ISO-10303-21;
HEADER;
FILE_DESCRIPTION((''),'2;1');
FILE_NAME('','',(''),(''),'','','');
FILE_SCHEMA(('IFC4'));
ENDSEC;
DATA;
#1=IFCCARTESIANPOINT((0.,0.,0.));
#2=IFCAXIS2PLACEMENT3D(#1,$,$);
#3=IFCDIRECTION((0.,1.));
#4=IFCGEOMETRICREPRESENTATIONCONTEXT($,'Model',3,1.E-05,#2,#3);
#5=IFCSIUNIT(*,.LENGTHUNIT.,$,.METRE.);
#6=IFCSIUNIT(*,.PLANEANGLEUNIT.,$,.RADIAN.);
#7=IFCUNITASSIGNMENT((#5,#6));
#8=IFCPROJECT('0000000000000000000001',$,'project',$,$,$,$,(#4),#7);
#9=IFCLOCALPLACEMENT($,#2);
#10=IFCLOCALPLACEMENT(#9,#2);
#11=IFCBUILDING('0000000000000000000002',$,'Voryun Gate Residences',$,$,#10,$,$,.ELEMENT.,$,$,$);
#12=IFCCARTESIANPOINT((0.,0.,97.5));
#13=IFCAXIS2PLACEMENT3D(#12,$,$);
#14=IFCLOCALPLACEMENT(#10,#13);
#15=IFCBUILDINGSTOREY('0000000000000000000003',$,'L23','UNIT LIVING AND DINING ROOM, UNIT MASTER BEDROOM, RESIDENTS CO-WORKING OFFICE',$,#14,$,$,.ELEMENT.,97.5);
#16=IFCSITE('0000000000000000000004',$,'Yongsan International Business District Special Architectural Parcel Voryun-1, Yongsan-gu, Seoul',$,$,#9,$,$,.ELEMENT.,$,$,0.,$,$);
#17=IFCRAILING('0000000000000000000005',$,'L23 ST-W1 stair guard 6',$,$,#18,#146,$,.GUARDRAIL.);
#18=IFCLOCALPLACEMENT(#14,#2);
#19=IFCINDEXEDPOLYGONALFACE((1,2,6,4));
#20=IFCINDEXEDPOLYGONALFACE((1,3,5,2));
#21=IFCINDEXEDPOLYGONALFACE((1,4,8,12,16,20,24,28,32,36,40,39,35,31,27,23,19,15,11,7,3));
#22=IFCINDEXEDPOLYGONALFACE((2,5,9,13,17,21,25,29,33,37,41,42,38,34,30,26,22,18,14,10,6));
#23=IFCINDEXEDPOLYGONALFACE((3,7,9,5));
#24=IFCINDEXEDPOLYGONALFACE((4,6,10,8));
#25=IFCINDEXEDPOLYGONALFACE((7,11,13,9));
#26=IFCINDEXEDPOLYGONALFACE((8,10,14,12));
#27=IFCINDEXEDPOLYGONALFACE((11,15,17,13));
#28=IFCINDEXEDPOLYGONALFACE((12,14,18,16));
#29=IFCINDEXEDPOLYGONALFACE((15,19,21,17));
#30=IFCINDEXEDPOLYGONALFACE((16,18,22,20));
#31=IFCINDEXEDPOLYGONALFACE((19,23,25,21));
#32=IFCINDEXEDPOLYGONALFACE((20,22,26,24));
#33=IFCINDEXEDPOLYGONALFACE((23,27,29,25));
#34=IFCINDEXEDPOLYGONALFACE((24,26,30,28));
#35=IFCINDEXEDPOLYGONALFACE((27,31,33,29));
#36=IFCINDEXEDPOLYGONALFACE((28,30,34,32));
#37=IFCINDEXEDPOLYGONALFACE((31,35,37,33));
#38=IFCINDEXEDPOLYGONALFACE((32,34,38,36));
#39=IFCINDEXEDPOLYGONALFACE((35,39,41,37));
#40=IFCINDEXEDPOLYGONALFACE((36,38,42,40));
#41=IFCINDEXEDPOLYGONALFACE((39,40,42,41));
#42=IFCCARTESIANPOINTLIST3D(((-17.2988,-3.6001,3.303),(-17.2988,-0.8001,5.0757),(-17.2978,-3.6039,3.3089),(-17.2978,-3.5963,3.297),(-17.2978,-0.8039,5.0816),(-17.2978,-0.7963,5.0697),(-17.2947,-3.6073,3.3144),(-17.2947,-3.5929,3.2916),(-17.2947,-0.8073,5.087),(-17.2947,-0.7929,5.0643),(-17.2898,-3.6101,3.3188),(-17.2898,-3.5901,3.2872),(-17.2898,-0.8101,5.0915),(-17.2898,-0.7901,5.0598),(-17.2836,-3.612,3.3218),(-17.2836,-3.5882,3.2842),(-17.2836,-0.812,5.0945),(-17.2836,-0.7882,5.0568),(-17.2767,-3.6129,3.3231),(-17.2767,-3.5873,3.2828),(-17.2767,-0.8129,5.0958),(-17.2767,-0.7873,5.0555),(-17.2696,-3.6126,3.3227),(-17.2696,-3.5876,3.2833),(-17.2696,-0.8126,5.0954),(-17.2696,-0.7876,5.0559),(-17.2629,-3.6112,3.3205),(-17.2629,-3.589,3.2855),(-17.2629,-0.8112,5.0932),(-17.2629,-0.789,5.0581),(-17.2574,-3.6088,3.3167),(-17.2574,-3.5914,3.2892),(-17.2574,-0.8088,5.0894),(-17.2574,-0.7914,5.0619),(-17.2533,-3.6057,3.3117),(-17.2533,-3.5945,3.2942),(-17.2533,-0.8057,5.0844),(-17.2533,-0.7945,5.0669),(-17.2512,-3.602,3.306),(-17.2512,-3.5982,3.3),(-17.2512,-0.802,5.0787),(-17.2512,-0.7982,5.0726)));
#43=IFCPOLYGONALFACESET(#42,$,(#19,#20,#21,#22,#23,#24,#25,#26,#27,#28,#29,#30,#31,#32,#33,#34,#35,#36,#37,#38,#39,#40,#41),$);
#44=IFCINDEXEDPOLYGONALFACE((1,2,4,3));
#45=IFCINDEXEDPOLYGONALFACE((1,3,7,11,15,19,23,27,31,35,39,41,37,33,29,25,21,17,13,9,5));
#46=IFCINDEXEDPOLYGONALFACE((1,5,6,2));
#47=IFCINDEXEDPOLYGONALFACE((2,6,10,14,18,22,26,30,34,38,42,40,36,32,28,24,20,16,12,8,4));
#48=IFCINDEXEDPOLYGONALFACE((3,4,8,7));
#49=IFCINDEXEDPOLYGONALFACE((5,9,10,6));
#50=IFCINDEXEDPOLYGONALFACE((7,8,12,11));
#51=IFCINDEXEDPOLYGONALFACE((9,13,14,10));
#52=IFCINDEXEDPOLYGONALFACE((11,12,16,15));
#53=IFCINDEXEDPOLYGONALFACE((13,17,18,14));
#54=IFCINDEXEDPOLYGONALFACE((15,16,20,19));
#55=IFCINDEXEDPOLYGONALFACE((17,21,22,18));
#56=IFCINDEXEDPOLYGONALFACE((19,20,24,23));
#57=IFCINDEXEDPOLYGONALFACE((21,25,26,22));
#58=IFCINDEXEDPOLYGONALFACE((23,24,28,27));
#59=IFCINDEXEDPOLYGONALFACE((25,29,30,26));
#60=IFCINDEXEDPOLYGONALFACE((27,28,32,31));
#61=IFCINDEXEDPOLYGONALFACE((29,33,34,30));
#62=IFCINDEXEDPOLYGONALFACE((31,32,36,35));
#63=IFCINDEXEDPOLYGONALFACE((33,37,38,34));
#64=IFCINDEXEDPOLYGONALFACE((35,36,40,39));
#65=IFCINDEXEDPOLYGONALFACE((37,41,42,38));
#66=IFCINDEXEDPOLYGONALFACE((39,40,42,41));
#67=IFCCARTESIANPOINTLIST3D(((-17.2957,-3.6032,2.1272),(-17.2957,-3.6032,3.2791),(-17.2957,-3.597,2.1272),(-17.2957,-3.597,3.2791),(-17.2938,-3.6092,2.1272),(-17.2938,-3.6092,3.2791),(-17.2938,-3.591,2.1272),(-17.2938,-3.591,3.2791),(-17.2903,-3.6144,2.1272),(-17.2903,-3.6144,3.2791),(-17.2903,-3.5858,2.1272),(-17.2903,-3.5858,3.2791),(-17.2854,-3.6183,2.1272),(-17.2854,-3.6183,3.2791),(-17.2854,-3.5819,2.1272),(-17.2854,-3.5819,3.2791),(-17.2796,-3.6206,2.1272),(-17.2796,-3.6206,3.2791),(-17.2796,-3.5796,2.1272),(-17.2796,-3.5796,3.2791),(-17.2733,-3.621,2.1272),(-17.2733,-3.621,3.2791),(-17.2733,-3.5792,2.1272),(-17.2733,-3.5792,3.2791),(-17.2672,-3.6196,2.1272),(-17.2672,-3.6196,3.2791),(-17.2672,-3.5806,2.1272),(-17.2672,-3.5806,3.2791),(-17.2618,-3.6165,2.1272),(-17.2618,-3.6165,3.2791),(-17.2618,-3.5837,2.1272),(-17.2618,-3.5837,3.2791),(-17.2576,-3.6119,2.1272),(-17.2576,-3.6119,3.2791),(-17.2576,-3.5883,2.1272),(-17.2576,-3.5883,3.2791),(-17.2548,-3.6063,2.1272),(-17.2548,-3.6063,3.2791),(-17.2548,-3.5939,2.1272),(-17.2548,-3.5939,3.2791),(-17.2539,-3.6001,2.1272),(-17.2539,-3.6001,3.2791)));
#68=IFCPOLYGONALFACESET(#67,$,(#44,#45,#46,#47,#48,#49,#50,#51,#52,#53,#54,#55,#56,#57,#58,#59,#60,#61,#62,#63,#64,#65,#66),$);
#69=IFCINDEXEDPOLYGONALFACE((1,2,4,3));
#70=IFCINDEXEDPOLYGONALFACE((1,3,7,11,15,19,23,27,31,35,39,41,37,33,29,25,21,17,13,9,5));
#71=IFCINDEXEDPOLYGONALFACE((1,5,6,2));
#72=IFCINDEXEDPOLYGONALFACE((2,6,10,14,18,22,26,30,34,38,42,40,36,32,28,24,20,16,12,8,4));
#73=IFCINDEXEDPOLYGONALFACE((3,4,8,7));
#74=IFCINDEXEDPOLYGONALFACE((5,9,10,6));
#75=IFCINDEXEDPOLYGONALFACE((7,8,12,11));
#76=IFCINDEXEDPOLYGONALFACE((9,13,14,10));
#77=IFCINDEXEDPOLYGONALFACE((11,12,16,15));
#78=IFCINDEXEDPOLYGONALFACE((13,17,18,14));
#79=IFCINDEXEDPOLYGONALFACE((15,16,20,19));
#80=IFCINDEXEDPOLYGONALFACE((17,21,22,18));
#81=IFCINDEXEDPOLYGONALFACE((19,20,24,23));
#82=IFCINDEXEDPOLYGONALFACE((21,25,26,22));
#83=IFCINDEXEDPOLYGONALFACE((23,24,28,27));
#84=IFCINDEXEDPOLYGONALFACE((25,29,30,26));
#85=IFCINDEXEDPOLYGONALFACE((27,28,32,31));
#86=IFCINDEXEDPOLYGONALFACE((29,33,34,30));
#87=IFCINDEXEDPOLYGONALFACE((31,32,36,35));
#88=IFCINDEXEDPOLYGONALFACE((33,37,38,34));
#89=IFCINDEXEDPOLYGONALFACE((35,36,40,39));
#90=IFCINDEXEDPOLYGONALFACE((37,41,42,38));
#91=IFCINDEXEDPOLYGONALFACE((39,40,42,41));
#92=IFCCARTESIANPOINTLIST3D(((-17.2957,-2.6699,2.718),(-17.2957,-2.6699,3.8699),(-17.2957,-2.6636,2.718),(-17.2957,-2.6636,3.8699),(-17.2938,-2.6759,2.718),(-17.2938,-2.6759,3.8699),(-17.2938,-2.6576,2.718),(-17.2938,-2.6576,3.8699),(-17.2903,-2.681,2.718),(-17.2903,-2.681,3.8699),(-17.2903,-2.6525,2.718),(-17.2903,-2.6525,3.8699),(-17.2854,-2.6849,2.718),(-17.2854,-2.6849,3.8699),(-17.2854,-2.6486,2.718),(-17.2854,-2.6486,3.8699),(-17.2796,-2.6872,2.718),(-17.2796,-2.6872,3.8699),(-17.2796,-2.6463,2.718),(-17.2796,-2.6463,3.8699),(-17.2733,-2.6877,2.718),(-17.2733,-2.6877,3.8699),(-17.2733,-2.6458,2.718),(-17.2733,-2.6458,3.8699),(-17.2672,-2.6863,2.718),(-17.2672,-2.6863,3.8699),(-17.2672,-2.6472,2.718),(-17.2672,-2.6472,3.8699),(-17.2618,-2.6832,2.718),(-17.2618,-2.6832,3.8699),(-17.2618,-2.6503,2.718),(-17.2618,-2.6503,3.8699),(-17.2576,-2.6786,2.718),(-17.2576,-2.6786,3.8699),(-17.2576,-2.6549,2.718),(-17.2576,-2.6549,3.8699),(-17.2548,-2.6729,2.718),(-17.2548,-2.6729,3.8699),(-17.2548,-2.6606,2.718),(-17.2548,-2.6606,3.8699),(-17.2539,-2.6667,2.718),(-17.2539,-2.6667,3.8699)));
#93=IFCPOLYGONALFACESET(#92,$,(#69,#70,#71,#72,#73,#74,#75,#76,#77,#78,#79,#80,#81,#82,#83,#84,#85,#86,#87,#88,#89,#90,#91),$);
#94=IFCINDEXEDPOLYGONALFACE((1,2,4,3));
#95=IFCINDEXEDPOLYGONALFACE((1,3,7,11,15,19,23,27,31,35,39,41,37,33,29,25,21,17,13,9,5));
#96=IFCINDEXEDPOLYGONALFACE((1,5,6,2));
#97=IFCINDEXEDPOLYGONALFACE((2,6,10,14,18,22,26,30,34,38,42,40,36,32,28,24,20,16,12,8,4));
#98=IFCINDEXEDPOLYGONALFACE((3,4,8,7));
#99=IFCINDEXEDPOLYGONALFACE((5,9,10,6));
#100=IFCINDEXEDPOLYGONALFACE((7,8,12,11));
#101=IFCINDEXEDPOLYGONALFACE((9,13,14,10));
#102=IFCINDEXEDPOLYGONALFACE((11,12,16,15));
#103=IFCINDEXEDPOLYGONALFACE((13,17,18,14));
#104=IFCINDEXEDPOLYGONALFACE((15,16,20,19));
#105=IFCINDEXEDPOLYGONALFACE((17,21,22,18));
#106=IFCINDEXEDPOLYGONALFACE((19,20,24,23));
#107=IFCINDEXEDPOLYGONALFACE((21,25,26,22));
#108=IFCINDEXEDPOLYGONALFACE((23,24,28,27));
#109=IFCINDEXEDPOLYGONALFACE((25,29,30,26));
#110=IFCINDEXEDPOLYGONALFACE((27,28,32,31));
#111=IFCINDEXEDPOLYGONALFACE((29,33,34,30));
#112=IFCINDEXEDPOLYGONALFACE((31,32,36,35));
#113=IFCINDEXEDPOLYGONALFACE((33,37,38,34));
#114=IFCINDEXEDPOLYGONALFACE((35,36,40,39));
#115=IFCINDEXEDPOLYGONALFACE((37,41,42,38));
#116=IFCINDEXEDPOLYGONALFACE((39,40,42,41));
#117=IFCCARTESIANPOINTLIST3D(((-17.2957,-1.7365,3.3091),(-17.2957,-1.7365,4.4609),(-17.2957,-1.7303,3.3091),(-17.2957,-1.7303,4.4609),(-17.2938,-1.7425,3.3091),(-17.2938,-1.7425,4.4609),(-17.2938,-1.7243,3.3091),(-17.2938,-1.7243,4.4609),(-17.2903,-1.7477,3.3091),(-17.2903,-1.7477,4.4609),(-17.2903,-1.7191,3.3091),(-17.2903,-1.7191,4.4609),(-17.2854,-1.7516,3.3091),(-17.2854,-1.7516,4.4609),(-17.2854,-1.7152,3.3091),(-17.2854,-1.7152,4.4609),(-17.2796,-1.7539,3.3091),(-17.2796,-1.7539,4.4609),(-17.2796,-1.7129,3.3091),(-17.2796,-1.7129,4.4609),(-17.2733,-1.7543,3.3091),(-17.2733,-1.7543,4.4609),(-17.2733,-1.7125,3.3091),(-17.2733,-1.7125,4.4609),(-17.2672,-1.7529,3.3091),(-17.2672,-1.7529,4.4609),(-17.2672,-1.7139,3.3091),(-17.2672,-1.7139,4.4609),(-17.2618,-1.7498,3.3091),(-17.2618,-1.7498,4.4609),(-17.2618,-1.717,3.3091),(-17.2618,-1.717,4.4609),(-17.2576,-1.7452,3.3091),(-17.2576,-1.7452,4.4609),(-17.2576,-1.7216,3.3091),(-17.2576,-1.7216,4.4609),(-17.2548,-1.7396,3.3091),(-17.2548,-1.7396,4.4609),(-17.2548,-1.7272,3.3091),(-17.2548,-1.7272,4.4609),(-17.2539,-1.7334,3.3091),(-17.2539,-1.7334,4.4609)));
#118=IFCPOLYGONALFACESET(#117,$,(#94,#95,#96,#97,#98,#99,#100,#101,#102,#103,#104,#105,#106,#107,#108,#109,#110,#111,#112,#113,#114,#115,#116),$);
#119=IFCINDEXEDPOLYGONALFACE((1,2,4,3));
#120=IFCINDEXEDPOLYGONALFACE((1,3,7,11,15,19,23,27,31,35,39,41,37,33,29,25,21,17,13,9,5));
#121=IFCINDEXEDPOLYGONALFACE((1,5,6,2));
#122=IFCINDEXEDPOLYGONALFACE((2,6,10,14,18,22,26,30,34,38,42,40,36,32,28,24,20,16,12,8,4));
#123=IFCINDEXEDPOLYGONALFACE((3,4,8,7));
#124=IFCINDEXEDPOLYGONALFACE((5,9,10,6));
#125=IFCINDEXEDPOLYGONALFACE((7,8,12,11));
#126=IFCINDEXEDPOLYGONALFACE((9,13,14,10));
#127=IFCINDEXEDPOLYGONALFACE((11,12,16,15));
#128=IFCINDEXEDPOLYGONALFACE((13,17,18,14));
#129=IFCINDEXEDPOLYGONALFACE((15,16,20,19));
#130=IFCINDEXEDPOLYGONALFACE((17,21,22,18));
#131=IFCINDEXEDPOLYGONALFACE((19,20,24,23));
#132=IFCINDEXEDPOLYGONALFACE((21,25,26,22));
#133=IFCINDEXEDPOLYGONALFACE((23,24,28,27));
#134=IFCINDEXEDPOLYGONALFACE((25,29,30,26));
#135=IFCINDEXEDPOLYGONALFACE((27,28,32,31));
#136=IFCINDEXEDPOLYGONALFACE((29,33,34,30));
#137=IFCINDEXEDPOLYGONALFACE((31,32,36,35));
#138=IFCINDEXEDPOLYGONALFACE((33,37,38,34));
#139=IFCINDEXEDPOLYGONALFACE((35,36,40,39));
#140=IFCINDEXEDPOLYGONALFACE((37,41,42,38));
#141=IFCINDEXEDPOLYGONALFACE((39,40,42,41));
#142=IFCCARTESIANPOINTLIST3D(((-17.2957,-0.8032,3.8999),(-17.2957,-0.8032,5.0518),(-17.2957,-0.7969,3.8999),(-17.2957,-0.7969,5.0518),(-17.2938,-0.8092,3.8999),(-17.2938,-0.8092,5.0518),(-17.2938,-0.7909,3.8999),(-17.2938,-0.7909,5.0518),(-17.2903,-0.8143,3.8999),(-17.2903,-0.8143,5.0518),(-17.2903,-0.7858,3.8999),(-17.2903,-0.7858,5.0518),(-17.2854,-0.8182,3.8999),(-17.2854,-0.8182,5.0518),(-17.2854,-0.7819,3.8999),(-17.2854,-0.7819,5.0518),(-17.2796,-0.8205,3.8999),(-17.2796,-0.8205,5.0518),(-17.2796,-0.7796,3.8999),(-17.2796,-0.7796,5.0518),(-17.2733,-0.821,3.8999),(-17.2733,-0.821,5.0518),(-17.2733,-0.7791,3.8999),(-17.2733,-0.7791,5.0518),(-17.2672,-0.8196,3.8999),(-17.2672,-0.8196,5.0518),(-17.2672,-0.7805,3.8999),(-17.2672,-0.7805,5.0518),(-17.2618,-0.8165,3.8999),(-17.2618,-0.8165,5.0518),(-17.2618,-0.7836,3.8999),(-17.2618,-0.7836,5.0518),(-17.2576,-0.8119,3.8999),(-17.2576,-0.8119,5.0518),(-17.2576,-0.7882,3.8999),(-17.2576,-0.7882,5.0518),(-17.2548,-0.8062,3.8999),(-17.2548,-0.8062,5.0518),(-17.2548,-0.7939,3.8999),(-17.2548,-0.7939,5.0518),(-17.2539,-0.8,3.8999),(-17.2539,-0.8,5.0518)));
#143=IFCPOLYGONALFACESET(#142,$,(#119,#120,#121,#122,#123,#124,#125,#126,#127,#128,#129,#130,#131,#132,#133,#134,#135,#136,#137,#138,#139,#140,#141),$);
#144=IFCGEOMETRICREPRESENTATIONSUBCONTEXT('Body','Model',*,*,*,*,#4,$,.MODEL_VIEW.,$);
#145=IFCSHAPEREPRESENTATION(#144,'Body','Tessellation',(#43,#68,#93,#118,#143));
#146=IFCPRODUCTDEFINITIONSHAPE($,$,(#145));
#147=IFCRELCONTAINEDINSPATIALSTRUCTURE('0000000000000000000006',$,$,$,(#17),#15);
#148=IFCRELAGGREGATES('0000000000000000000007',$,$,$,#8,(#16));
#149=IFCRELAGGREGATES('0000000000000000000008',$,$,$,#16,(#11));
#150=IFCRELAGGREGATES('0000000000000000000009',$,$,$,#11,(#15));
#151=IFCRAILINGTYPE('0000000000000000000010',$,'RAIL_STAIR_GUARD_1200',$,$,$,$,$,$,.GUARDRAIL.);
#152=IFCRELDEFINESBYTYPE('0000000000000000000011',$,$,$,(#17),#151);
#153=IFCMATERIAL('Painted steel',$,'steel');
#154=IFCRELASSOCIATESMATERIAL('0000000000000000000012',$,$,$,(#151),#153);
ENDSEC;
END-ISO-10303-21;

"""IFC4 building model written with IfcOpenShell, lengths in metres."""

from ifc_helpers import new_model, si_unit, direction, frame, origin, origin_2d, place, context, subcontext, project, spatial, circle, extrude, material, type_object, element, save


model = new_model("IFC4")

# Units and contexts
model_context = context("Model", 3, precision=1e-05, world=origin(), true_north=direction((0.0, 1.0)))
body_context = subcontext(model_context, "Body", "Model", "MODEL_VIEW")
ifc_project = project(units=[si_unit("LENGTHUNIT", "METRE"), si_unit("PLANEANGLEUNIT", "RADIAN")], contexts=[model_context])

# Site, building, storey
site_placement = place(None, origin())
site = spatial("IfcSite", under=ifc_project, at=site_placement, Name="Yongsan International Business District Special Architectural Parcel Voryun-1, Yongsan-gu, Seoul", CompositionType="ELEMENT", RefElevation=0.0)
building_placement = place(site_placement, origin())
building = spatial("IfcBuilding", under=site, at=building_placement, Name="Voryun Gate Residences", CompositionType="ELEMENT")
storey_placement = place(building_placement, frame((0.0, 0.0, 97.5)))
storey = spatial("IfcBuildingStorey", under=building, at=storey_placement, Name="L23", Description="UNIT LIVING AND DINING ROOM, UNIT MASTER BEDROOM, RESIDENTS CO-WORKING OFFICE", CompositionType="ELEMENT", Elevation=97.5)

# Railing
ifc_material_1 = material(Name="Painted steel", Category="steel")
railing_type = type_object("IfcRailingType", Name="RAIL_STAIR_GUARD_1200", PredefinedType="GUARDRAIL", material=ifc_material_1)
railing_1_placement = place(storey_placement, frame((-17.2749, -3.6001, 2.1272)))
element("IfcRailing", 1, at=railing_1_placement, inside=storey, type_object=railing_type, Name="L23 ST-W1 stair guard 6", PredefinedType="GUARDRAIL", context=body_context, shape_type="SweptSolid", body=[
    extrude(circle(Radius=0.0239, at=origin_2d()), frame((0.0, 0.0, 1.1758), z_axis=(0.0, 0.844909, 0.53491), x_axis=(-1.0, 0.0, 0.0)), (0.0, 0.0, 1.0), 3.314),
    extrude(circle(Radius=0.021, at=origin_2d()), origin(), (0.0, 0.0, 1.0), 1.1519),
    extrude(circle(Radius=0.021, at=origin_2d()), frame((0.0, 0.9333, 0.5908)), (0.0, 0.0, 1.0), 1.1519),
    extrude(circle(Radius=0.021, at=origin_2d()), frame((0.0, 1.8667, 1.1819)), (0.0, 0.0, 1.0), 1.1519),
    extrude(circle(Radius=0.021, at=origin_2d()), frame((0.0, 2.8, 1.7727)), (0.0, 0.0, 1.0), 1.1519),
])

save(model, "model.ifc")
